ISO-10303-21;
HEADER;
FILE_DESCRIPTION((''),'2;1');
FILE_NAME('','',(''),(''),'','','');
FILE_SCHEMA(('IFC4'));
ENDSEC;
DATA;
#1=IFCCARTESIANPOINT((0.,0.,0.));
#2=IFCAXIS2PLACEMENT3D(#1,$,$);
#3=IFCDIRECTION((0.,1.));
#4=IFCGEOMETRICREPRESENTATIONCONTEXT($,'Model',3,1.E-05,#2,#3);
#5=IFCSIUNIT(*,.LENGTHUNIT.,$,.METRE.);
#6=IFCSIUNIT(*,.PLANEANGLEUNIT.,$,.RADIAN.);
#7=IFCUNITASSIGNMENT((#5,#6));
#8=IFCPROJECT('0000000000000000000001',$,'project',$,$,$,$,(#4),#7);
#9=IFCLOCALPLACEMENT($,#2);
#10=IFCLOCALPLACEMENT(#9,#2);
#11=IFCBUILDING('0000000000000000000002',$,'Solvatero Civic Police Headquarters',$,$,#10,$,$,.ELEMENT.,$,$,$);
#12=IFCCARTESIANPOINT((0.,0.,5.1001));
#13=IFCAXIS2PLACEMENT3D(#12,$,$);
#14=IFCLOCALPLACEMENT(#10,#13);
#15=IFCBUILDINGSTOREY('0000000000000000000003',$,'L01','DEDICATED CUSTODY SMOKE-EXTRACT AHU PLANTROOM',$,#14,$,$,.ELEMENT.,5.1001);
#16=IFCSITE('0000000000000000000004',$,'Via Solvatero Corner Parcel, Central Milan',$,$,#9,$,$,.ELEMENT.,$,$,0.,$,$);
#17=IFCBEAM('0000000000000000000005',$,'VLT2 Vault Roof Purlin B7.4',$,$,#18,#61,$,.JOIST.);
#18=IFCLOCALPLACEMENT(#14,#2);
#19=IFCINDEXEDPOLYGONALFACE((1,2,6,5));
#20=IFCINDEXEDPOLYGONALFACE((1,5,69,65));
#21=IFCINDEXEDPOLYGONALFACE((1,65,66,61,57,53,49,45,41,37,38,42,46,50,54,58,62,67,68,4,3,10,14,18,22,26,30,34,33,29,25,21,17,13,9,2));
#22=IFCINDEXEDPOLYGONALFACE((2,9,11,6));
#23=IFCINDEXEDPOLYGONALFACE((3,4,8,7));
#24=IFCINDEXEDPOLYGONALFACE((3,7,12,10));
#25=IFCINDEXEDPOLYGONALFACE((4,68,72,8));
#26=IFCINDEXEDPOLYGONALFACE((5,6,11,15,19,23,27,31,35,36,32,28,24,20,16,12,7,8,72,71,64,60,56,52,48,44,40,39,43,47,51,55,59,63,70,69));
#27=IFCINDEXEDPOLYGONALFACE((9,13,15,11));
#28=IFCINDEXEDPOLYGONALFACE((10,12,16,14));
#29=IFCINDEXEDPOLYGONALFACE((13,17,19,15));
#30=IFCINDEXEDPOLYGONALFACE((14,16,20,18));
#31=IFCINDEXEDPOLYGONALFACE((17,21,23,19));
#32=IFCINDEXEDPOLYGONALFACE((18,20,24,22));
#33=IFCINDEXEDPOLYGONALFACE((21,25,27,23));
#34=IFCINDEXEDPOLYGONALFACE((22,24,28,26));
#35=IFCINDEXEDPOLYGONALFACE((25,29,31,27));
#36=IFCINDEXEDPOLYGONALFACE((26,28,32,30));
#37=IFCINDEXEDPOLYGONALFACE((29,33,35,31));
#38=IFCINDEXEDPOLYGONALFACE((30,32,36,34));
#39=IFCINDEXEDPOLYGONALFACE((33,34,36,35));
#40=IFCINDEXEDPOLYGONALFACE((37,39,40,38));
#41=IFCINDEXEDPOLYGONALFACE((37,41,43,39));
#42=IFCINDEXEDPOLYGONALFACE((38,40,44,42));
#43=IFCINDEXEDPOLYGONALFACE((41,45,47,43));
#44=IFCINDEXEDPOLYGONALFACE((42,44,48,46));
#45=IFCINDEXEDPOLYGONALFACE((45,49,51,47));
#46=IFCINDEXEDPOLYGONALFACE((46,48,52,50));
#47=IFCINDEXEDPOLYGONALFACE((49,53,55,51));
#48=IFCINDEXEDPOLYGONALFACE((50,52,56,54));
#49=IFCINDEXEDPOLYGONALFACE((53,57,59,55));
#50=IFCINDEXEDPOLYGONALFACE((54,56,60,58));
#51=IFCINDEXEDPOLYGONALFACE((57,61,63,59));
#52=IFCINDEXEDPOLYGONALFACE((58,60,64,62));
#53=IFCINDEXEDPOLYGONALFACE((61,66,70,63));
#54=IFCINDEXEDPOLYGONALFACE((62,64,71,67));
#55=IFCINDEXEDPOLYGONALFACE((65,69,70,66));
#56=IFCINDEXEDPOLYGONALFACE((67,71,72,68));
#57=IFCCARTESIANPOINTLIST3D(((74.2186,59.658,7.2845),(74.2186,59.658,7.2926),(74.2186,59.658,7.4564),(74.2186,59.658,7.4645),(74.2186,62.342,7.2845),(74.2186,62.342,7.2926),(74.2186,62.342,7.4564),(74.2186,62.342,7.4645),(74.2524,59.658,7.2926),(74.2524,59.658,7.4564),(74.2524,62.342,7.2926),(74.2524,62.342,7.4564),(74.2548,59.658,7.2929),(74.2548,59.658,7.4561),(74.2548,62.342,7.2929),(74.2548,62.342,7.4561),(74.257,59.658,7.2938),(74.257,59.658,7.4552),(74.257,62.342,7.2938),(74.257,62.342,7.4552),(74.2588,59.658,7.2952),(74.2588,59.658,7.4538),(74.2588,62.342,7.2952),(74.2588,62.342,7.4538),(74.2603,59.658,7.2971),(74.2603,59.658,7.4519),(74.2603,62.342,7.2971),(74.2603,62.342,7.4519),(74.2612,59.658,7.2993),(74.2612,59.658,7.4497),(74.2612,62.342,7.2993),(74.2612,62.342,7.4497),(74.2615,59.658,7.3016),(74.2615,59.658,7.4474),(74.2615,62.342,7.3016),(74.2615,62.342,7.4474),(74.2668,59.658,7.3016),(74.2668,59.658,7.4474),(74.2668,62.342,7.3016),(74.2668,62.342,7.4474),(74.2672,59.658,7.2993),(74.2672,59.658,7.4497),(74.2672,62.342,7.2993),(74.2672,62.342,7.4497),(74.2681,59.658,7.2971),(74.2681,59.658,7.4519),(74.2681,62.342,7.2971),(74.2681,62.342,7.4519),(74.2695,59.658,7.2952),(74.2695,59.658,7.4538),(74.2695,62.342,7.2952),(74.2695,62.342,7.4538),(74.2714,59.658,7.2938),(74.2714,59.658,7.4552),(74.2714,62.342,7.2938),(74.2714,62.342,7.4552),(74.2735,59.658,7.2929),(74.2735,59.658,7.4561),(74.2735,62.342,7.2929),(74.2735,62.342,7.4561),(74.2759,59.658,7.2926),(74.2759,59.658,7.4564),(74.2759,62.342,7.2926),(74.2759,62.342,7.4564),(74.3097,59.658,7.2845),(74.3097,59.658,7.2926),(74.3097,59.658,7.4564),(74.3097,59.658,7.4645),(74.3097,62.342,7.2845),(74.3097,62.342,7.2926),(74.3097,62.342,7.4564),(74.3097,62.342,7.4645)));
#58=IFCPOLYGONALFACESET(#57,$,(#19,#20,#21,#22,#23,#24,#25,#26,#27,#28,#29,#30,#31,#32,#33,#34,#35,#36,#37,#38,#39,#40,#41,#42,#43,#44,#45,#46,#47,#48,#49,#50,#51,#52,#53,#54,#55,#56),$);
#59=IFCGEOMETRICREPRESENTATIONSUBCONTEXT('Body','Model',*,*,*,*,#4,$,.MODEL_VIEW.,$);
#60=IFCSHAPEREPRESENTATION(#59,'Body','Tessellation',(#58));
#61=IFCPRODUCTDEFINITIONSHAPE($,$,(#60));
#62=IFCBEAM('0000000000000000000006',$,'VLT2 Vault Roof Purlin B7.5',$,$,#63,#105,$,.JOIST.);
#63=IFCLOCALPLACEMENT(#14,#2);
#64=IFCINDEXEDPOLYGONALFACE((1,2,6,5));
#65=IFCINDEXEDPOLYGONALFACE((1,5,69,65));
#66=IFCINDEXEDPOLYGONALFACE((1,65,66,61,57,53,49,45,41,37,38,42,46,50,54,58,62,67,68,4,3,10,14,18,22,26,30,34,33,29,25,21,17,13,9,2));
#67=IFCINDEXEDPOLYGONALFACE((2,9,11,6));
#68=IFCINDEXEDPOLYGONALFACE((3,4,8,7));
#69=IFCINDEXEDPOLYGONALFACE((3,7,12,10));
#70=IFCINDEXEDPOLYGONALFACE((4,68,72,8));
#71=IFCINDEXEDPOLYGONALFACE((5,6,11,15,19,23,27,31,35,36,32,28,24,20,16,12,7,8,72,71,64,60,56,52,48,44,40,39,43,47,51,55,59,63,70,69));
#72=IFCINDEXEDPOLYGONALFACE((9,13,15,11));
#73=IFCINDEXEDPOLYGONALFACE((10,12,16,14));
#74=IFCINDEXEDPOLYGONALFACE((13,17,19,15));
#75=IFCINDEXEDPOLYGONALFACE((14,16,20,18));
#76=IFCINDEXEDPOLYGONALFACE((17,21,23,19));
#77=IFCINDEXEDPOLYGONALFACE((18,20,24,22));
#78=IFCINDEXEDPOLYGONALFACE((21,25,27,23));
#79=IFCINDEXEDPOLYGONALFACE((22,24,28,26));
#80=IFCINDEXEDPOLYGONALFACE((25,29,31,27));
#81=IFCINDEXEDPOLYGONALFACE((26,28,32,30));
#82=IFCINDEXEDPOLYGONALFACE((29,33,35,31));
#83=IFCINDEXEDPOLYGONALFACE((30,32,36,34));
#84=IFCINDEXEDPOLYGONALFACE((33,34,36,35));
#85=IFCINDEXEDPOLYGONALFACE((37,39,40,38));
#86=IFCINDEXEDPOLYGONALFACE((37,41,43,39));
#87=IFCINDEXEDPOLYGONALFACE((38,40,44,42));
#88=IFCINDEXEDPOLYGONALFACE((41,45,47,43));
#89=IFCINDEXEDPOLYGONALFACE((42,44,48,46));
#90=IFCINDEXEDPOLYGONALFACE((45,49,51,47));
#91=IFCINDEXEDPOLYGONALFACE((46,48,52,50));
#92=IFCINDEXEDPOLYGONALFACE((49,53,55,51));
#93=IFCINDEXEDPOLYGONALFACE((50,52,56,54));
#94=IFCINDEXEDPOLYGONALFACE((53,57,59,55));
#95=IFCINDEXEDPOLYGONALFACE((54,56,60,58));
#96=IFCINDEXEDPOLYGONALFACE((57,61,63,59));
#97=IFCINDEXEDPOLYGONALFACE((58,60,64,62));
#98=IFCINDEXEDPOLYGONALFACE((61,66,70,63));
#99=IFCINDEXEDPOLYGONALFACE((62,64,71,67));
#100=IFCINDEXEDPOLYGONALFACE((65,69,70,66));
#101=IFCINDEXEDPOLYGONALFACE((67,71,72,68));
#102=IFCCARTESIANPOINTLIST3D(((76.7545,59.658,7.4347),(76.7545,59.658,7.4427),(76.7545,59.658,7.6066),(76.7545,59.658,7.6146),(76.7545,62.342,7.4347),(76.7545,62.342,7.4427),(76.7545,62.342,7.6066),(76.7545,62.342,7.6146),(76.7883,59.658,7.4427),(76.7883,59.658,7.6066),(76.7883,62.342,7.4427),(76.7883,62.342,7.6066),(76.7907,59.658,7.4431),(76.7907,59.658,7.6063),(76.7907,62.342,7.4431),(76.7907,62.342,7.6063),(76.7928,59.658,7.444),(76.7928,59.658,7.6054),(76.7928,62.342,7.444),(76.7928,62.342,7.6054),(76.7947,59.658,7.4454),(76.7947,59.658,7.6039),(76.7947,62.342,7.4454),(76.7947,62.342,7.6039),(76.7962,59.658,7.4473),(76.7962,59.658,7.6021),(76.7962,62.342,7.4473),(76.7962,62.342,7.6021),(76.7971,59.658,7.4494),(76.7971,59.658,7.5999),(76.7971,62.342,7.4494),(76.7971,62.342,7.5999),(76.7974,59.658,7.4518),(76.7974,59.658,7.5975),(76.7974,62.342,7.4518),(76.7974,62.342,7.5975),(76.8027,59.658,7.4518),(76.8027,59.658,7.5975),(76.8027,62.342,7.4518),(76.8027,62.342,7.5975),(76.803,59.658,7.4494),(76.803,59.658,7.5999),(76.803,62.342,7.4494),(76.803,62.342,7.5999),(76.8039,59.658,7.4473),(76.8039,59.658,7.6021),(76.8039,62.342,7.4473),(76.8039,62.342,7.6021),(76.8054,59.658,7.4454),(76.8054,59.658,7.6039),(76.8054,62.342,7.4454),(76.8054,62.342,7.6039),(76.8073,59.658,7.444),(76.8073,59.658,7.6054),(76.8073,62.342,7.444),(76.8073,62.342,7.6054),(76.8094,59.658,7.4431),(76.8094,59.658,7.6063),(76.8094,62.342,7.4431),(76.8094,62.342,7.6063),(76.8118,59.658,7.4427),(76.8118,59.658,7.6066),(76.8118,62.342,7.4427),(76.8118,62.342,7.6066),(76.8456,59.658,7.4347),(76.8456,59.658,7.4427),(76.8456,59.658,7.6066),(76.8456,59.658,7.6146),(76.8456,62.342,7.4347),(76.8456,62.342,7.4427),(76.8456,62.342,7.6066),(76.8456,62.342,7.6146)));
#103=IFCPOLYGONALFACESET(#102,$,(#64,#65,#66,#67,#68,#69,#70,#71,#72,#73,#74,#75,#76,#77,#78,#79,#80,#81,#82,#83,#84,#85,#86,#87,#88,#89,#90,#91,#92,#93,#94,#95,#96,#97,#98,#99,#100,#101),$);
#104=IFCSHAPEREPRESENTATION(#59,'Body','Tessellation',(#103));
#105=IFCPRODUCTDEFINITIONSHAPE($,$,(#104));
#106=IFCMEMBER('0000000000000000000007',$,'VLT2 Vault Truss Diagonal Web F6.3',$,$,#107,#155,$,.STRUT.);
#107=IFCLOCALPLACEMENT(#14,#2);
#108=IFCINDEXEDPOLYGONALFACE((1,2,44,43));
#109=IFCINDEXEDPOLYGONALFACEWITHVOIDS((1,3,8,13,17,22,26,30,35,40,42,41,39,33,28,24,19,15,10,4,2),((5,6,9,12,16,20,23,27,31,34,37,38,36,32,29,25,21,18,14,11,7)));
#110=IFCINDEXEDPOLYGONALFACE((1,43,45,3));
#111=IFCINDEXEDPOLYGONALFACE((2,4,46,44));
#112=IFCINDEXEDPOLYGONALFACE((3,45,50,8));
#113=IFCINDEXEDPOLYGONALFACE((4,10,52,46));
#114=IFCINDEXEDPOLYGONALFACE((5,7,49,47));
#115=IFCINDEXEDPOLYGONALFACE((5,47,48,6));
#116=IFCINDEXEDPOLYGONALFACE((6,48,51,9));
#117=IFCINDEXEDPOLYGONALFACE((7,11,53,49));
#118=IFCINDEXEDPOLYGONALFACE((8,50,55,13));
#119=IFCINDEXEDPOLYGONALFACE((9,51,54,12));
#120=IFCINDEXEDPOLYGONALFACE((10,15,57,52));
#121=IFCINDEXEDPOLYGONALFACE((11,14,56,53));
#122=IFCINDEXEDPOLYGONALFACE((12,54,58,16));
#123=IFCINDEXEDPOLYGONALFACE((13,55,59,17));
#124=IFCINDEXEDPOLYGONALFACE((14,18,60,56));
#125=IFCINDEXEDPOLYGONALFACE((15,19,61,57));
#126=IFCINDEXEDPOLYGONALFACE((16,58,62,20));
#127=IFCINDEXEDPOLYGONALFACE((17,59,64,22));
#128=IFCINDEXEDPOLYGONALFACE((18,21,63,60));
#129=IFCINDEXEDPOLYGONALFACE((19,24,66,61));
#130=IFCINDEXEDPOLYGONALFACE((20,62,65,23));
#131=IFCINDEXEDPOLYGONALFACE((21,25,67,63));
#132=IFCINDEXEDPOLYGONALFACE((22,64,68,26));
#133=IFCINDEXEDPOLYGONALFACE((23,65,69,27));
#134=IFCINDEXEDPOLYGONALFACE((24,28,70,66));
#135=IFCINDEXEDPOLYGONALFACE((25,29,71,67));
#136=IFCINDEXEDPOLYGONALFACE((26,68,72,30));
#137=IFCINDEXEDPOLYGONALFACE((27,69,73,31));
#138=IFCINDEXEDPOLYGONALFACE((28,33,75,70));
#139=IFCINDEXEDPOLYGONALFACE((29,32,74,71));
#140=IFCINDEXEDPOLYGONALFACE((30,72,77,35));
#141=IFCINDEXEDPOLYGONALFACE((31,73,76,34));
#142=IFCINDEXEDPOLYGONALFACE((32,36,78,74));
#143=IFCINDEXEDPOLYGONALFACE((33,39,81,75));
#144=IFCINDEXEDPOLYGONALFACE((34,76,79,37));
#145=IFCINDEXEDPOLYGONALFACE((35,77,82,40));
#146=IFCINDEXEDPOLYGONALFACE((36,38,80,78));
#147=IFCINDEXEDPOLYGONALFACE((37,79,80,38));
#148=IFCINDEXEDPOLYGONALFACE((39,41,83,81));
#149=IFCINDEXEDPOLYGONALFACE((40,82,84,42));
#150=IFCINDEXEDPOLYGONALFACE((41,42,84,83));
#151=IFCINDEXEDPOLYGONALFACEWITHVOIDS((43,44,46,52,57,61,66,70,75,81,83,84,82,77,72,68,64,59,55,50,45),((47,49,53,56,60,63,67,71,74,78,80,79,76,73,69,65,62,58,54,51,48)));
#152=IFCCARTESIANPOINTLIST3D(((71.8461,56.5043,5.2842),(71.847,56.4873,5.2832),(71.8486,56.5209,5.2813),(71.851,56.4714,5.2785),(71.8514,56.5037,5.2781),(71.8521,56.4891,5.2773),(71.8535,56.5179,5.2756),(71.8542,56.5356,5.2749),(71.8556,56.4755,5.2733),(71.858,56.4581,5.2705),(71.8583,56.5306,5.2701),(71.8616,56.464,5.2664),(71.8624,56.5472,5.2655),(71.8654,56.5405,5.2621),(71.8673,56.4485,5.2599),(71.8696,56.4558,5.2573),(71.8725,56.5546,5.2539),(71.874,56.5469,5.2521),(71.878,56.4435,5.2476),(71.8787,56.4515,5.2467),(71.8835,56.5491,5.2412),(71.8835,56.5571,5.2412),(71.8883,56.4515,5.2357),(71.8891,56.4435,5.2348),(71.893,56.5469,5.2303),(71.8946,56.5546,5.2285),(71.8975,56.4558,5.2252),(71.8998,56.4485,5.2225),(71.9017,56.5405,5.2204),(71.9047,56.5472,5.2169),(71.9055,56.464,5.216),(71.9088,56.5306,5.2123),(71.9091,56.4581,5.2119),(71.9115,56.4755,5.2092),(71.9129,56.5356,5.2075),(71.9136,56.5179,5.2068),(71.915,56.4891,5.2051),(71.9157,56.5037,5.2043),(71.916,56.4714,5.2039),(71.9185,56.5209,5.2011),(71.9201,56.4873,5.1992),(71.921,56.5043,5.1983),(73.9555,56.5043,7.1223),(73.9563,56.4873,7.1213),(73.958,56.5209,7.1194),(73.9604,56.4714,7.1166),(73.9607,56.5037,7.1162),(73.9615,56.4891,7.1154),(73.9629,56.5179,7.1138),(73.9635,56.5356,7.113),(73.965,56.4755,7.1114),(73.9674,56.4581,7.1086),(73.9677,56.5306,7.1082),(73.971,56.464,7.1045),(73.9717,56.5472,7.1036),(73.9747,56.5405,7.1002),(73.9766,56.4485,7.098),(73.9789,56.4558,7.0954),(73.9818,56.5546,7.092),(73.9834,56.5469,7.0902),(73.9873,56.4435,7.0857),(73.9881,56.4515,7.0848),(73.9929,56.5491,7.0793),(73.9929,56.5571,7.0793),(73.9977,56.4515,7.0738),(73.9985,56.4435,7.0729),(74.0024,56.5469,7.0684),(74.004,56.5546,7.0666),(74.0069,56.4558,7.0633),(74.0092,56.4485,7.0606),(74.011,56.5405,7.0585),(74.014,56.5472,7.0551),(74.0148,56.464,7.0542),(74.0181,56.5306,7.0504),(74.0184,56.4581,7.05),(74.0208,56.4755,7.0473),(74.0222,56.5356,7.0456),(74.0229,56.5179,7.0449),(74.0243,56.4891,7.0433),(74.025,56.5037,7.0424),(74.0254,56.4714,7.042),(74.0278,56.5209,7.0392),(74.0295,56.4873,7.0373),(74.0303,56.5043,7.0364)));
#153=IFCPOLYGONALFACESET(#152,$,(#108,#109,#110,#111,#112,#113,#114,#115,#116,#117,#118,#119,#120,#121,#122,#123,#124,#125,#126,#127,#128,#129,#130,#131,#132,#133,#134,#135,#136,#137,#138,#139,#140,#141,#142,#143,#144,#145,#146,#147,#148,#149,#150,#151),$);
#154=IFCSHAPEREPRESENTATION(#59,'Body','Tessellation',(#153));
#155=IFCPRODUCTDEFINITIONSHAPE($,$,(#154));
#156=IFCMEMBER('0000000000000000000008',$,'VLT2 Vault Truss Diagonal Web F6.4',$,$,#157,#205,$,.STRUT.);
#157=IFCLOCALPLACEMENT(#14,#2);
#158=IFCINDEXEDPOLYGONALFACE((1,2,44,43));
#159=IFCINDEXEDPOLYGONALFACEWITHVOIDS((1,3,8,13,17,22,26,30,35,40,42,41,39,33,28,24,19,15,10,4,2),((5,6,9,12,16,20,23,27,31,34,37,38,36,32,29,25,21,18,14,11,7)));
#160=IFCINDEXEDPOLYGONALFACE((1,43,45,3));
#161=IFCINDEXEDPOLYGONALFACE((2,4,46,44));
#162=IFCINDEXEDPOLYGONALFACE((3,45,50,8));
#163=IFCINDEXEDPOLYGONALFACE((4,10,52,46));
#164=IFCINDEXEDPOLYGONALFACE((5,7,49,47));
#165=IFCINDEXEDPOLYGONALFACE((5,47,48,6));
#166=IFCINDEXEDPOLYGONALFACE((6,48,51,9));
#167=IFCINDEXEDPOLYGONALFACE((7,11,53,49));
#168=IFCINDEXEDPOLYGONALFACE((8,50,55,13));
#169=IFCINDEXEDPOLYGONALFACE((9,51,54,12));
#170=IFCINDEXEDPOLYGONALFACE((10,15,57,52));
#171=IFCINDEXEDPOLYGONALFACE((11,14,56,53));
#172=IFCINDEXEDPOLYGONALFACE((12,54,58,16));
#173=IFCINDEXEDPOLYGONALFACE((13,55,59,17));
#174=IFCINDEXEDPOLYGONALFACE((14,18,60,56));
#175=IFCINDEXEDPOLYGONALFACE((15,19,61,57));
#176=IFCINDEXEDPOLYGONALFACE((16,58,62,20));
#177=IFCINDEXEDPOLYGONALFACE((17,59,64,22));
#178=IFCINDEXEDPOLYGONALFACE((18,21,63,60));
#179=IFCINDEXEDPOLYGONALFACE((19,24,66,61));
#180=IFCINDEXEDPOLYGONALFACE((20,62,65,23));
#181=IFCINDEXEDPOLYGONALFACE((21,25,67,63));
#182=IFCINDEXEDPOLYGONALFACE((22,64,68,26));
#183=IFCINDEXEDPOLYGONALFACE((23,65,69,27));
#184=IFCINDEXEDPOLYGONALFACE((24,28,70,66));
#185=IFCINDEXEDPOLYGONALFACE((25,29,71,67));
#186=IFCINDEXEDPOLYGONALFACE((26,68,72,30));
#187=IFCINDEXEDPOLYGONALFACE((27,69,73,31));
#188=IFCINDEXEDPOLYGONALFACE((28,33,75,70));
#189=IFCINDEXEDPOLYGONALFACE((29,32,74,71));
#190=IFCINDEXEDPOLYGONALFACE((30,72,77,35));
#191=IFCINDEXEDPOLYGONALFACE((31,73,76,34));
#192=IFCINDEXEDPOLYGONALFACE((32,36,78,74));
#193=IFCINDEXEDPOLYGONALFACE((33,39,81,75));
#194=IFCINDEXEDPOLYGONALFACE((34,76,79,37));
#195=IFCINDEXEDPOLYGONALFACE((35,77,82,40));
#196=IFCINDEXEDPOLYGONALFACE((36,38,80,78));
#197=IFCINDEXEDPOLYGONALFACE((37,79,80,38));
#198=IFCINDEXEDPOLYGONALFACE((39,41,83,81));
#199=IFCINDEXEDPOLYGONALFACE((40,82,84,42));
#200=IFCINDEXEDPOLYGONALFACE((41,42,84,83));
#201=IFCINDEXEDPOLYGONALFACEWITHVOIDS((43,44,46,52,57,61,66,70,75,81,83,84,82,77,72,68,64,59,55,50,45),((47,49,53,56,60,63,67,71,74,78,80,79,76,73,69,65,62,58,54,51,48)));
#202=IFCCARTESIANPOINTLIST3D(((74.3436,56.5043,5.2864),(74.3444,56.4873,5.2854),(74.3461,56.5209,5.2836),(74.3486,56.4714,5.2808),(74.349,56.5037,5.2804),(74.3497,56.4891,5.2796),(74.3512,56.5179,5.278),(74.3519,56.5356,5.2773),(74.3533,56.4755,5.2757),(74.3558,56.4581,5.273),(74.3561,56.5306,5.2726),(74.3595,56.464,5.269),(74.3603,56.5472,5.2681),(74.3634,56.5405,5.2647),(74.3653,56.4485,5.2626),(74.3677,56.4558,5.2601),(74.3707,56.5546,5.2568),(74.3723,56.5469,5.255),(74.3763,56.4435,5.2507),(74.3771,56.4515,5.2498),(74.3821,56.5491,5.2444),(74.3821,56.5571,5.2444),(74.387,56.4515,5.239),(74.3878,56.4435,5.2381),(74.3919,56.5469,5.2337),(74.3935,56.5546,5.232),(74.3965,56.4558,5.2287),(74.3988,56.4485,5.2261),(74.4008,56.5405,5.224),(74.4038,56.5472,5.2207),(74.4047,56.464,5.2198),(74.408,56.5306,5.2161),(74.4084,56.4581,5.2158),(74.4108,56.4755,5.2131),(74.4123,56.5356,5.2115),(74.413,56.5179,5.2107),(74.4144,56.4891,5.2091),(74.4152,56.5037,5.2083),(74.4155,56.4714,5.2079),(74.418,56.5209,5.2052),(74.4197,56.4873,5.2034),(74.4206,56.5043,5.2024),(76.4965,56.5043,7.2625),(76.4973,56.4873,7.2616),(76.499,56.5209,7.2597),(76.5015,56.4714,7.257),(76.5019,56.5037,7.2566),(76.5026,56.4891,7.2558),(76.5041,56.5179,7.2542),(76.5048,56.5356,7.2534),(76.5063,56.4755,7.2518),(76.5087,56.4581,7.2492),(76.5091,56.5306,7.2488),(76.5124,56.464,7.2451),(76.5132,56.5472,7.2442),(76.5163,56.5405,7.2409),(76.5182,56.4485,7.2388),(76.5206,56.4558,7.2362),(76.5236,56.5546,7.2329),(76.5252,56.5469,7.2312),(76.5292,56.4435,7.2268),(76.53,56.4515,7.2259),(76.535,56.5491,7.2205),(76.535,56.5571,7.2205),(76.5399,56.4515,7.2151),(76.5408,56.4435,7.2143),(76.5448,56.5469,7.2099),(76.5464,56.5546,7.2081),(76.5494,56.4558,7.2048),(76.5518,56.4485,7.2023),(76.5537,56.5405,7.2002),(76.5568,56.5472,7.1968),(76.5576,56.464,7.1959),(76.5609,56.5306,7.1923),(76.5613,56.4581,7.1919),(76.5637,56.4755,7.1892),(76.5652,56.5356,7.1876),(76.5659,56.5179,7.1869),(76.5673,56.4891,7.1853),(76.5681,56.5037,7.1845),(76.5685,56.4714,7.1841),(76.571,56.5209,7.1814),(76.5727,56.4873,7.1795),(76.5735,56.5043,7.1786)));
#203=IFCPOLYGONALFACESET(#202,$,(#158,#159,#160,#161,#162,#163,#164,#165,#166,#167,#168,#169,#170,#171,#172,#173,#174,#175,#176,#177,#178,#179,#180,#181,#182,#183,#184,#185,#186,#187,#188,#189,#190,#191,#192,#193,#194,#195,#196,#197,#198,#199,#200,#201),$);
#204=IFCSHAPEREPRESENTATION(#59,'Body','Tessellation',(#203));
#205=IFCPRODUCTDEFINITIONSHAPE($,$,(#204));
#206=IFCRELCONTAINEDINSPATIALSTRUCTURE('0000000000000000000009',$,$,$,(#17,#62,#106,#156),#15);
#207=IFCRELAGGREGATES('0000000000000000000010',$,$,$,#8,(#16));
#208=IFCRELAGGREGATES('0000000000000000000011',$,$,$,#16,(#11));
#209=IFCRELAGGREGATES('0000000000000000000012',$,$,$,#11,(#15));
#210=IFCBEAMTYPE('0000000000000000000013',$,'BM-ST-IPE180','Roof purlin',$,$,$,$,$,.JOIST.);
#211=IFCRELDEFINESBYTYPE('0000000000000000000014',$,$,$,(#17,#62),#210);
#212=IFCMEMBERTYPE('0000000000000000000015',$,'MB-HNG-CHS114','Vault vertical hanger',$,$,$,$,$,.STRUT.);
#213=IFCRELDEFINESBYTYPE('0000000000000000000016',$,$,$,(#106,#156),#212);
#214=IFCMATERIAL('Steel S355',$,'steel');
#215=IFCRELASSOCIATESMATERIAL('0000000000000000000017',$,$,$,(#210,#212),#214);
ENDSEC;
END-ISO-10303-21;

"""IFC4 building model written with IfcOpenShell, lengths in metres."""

from ifc_helpers import new_model, si_unit, direction, frame, origin, origin_2d, place, context, subcontext, project, spatial, hollow_circle, i_section, extrude, material, material_profile, profile_set, type_object, element, save


model = new_model("IFC4")

# Units and contexts
model_context = context("Model", 3, precision=1e-05, world=origin(), true_north=direction((0.0, 1.0)))
body_context = subcontext(model_context, "Body", "Model", "MODEL_VIEW")
ifc_project = project(units=[si_unit("LENGTHUNIT", "METRE"), si_unit("PLANEANGLEUNIT", "RADIAN")], contexts=[model_context])

# Site, building, storey
site_placement = place(None, origin())
site = spatial("IfcSite", under=ifc_project, at=site_placement, Name="Via Solvatero Corner Parcel, Central Milan", CompositionType="ELEMENT", RefElevation=0.0)
building_placement = place(site_placement, origin())
building = spatial("IfcBuilding", under=site, at=building_placement, Name="Solvatero Civic Police Headquarters", CompositionType="ELEMENT")
storey_placement = place(building_placement, frame((0.0, 0.0, 5.1001)))
storey = spatial("IfcBuildingStorey", under=building, at=storey_placement, Name="L01", Description="DEDICATED CUSTODY SMOKE-EXTRACT AHU PLANTROOM", CompositionType="ELEMENT", Elevation=5.1001)

# Beams
ifc_material = material(Name="Steel S355", Category="steel")
ifc_material_profile_1 = material_profile(ifc_material, i_section(OverallWidth=0.0911, OverallDepth=0.1799, WebThickness=0.0054, FlangeThickness=0.0081, FilletRadius=0.009, at=origin_2d()), Name="IPE 180")
ifc_profile_set_1 = profile_set([ifc_material_profile_1], Name="Steel S355")
beam_type_1 = type_object("IfcBeamType", Name="BM-ST-IPE180", Description="Roof purlin", PredefinedType="JOIST", material=ifc_profile_set_1)
for number, where, z_axis, x_axis, name in (
    (1, (74.2642, 59.658, 7.3745), (0.0, 1.0, 0.0), (-1.0, 0.0, 0.0), "VLT2 Vault Roof Purlin B7.4"),
    (2, (76.8, 59.658, 7.5247), (0.0, 1.0, 0.0), (-1.0, 0.0, 0.0), "VLT2 Vault Roof Purlin B7.5"),
):
    element("IfcBeam", number, at=place(storey_placement, frame(where, z_axis=z_axis, x_axis=x_axis)), inside=storey, type_object=beam_type_1, Name=name, PredefinedType="JOIST", context=body_context, shape_type="SweptSolid", body=[
        extrude(i_section(OverallWidth=0.0911, OverallDepth=0.1799, WebThickness=0.0054, FlangeThickness=0.0081, FilletRadius=0.009, at=origin_2d()), origin(), (0.0, 0.0, 1.0), 2.6841),
    ])

# Members
ifc_material_profile_2 = material_profile(ifc_material, hollow_circle(Radius=0.0571, WallThickness=0.0081, at=origin_2d()), Name="CHS 114.3x8.0")
ifc_profile_set_2 = profile_set([ifc_material_profile_2], Name="Steel S355")
member_type = type_object("IfcMemberType", Name="MB-HNG-CHS114", Description="Vault vertical hanger", PredefinedType="STRUT", material=ifc_profile_set_2)
member_1_placement = place(storey_placement, frame((71.8835, 56.5, 5.2412), z_axis=(0.753916, 0.0, 0.656971), x_axis=(0.0, 1.0, 0.0)))
element("IfcMember", 3, at=member_1_placement, inside=storey, type_object=member_type, Name="VLT2 Vault Truss Diagonal Web F6.3", PredefinedType="STRUT", context=body_context, shape_type="SweptSolid", body=[
    extrude(hollow_circle(Radius=0.0571, WallThickness=0.0081, at=origin_2d()), origin(), (0.0, 0.0, 1.0), 2.7979),
])
member_2_placement = place(storey_placement, frame((74.3821, 56.5, 5.2444), z_axis=(0.736703, 0.0, 0.676216), x_axis=(0.0, 1.0, 0.0)))
element("IfcMember", 4, at=member_2_placement, inside=storey, type_object=member_type, Name="VLT2 Vault Truss Diagonal Web F6.4", PredefinedType="STRUT", context=body_context, shape_type="SweptSolid", body=[
    extrude(hollow_circle(Radius=0.0571, WallThickness=0.0081, at=origin_2d()), origin(), (0.0, 0.0, 1.0), 2.9224),
])

save(model, "model.ifc")
